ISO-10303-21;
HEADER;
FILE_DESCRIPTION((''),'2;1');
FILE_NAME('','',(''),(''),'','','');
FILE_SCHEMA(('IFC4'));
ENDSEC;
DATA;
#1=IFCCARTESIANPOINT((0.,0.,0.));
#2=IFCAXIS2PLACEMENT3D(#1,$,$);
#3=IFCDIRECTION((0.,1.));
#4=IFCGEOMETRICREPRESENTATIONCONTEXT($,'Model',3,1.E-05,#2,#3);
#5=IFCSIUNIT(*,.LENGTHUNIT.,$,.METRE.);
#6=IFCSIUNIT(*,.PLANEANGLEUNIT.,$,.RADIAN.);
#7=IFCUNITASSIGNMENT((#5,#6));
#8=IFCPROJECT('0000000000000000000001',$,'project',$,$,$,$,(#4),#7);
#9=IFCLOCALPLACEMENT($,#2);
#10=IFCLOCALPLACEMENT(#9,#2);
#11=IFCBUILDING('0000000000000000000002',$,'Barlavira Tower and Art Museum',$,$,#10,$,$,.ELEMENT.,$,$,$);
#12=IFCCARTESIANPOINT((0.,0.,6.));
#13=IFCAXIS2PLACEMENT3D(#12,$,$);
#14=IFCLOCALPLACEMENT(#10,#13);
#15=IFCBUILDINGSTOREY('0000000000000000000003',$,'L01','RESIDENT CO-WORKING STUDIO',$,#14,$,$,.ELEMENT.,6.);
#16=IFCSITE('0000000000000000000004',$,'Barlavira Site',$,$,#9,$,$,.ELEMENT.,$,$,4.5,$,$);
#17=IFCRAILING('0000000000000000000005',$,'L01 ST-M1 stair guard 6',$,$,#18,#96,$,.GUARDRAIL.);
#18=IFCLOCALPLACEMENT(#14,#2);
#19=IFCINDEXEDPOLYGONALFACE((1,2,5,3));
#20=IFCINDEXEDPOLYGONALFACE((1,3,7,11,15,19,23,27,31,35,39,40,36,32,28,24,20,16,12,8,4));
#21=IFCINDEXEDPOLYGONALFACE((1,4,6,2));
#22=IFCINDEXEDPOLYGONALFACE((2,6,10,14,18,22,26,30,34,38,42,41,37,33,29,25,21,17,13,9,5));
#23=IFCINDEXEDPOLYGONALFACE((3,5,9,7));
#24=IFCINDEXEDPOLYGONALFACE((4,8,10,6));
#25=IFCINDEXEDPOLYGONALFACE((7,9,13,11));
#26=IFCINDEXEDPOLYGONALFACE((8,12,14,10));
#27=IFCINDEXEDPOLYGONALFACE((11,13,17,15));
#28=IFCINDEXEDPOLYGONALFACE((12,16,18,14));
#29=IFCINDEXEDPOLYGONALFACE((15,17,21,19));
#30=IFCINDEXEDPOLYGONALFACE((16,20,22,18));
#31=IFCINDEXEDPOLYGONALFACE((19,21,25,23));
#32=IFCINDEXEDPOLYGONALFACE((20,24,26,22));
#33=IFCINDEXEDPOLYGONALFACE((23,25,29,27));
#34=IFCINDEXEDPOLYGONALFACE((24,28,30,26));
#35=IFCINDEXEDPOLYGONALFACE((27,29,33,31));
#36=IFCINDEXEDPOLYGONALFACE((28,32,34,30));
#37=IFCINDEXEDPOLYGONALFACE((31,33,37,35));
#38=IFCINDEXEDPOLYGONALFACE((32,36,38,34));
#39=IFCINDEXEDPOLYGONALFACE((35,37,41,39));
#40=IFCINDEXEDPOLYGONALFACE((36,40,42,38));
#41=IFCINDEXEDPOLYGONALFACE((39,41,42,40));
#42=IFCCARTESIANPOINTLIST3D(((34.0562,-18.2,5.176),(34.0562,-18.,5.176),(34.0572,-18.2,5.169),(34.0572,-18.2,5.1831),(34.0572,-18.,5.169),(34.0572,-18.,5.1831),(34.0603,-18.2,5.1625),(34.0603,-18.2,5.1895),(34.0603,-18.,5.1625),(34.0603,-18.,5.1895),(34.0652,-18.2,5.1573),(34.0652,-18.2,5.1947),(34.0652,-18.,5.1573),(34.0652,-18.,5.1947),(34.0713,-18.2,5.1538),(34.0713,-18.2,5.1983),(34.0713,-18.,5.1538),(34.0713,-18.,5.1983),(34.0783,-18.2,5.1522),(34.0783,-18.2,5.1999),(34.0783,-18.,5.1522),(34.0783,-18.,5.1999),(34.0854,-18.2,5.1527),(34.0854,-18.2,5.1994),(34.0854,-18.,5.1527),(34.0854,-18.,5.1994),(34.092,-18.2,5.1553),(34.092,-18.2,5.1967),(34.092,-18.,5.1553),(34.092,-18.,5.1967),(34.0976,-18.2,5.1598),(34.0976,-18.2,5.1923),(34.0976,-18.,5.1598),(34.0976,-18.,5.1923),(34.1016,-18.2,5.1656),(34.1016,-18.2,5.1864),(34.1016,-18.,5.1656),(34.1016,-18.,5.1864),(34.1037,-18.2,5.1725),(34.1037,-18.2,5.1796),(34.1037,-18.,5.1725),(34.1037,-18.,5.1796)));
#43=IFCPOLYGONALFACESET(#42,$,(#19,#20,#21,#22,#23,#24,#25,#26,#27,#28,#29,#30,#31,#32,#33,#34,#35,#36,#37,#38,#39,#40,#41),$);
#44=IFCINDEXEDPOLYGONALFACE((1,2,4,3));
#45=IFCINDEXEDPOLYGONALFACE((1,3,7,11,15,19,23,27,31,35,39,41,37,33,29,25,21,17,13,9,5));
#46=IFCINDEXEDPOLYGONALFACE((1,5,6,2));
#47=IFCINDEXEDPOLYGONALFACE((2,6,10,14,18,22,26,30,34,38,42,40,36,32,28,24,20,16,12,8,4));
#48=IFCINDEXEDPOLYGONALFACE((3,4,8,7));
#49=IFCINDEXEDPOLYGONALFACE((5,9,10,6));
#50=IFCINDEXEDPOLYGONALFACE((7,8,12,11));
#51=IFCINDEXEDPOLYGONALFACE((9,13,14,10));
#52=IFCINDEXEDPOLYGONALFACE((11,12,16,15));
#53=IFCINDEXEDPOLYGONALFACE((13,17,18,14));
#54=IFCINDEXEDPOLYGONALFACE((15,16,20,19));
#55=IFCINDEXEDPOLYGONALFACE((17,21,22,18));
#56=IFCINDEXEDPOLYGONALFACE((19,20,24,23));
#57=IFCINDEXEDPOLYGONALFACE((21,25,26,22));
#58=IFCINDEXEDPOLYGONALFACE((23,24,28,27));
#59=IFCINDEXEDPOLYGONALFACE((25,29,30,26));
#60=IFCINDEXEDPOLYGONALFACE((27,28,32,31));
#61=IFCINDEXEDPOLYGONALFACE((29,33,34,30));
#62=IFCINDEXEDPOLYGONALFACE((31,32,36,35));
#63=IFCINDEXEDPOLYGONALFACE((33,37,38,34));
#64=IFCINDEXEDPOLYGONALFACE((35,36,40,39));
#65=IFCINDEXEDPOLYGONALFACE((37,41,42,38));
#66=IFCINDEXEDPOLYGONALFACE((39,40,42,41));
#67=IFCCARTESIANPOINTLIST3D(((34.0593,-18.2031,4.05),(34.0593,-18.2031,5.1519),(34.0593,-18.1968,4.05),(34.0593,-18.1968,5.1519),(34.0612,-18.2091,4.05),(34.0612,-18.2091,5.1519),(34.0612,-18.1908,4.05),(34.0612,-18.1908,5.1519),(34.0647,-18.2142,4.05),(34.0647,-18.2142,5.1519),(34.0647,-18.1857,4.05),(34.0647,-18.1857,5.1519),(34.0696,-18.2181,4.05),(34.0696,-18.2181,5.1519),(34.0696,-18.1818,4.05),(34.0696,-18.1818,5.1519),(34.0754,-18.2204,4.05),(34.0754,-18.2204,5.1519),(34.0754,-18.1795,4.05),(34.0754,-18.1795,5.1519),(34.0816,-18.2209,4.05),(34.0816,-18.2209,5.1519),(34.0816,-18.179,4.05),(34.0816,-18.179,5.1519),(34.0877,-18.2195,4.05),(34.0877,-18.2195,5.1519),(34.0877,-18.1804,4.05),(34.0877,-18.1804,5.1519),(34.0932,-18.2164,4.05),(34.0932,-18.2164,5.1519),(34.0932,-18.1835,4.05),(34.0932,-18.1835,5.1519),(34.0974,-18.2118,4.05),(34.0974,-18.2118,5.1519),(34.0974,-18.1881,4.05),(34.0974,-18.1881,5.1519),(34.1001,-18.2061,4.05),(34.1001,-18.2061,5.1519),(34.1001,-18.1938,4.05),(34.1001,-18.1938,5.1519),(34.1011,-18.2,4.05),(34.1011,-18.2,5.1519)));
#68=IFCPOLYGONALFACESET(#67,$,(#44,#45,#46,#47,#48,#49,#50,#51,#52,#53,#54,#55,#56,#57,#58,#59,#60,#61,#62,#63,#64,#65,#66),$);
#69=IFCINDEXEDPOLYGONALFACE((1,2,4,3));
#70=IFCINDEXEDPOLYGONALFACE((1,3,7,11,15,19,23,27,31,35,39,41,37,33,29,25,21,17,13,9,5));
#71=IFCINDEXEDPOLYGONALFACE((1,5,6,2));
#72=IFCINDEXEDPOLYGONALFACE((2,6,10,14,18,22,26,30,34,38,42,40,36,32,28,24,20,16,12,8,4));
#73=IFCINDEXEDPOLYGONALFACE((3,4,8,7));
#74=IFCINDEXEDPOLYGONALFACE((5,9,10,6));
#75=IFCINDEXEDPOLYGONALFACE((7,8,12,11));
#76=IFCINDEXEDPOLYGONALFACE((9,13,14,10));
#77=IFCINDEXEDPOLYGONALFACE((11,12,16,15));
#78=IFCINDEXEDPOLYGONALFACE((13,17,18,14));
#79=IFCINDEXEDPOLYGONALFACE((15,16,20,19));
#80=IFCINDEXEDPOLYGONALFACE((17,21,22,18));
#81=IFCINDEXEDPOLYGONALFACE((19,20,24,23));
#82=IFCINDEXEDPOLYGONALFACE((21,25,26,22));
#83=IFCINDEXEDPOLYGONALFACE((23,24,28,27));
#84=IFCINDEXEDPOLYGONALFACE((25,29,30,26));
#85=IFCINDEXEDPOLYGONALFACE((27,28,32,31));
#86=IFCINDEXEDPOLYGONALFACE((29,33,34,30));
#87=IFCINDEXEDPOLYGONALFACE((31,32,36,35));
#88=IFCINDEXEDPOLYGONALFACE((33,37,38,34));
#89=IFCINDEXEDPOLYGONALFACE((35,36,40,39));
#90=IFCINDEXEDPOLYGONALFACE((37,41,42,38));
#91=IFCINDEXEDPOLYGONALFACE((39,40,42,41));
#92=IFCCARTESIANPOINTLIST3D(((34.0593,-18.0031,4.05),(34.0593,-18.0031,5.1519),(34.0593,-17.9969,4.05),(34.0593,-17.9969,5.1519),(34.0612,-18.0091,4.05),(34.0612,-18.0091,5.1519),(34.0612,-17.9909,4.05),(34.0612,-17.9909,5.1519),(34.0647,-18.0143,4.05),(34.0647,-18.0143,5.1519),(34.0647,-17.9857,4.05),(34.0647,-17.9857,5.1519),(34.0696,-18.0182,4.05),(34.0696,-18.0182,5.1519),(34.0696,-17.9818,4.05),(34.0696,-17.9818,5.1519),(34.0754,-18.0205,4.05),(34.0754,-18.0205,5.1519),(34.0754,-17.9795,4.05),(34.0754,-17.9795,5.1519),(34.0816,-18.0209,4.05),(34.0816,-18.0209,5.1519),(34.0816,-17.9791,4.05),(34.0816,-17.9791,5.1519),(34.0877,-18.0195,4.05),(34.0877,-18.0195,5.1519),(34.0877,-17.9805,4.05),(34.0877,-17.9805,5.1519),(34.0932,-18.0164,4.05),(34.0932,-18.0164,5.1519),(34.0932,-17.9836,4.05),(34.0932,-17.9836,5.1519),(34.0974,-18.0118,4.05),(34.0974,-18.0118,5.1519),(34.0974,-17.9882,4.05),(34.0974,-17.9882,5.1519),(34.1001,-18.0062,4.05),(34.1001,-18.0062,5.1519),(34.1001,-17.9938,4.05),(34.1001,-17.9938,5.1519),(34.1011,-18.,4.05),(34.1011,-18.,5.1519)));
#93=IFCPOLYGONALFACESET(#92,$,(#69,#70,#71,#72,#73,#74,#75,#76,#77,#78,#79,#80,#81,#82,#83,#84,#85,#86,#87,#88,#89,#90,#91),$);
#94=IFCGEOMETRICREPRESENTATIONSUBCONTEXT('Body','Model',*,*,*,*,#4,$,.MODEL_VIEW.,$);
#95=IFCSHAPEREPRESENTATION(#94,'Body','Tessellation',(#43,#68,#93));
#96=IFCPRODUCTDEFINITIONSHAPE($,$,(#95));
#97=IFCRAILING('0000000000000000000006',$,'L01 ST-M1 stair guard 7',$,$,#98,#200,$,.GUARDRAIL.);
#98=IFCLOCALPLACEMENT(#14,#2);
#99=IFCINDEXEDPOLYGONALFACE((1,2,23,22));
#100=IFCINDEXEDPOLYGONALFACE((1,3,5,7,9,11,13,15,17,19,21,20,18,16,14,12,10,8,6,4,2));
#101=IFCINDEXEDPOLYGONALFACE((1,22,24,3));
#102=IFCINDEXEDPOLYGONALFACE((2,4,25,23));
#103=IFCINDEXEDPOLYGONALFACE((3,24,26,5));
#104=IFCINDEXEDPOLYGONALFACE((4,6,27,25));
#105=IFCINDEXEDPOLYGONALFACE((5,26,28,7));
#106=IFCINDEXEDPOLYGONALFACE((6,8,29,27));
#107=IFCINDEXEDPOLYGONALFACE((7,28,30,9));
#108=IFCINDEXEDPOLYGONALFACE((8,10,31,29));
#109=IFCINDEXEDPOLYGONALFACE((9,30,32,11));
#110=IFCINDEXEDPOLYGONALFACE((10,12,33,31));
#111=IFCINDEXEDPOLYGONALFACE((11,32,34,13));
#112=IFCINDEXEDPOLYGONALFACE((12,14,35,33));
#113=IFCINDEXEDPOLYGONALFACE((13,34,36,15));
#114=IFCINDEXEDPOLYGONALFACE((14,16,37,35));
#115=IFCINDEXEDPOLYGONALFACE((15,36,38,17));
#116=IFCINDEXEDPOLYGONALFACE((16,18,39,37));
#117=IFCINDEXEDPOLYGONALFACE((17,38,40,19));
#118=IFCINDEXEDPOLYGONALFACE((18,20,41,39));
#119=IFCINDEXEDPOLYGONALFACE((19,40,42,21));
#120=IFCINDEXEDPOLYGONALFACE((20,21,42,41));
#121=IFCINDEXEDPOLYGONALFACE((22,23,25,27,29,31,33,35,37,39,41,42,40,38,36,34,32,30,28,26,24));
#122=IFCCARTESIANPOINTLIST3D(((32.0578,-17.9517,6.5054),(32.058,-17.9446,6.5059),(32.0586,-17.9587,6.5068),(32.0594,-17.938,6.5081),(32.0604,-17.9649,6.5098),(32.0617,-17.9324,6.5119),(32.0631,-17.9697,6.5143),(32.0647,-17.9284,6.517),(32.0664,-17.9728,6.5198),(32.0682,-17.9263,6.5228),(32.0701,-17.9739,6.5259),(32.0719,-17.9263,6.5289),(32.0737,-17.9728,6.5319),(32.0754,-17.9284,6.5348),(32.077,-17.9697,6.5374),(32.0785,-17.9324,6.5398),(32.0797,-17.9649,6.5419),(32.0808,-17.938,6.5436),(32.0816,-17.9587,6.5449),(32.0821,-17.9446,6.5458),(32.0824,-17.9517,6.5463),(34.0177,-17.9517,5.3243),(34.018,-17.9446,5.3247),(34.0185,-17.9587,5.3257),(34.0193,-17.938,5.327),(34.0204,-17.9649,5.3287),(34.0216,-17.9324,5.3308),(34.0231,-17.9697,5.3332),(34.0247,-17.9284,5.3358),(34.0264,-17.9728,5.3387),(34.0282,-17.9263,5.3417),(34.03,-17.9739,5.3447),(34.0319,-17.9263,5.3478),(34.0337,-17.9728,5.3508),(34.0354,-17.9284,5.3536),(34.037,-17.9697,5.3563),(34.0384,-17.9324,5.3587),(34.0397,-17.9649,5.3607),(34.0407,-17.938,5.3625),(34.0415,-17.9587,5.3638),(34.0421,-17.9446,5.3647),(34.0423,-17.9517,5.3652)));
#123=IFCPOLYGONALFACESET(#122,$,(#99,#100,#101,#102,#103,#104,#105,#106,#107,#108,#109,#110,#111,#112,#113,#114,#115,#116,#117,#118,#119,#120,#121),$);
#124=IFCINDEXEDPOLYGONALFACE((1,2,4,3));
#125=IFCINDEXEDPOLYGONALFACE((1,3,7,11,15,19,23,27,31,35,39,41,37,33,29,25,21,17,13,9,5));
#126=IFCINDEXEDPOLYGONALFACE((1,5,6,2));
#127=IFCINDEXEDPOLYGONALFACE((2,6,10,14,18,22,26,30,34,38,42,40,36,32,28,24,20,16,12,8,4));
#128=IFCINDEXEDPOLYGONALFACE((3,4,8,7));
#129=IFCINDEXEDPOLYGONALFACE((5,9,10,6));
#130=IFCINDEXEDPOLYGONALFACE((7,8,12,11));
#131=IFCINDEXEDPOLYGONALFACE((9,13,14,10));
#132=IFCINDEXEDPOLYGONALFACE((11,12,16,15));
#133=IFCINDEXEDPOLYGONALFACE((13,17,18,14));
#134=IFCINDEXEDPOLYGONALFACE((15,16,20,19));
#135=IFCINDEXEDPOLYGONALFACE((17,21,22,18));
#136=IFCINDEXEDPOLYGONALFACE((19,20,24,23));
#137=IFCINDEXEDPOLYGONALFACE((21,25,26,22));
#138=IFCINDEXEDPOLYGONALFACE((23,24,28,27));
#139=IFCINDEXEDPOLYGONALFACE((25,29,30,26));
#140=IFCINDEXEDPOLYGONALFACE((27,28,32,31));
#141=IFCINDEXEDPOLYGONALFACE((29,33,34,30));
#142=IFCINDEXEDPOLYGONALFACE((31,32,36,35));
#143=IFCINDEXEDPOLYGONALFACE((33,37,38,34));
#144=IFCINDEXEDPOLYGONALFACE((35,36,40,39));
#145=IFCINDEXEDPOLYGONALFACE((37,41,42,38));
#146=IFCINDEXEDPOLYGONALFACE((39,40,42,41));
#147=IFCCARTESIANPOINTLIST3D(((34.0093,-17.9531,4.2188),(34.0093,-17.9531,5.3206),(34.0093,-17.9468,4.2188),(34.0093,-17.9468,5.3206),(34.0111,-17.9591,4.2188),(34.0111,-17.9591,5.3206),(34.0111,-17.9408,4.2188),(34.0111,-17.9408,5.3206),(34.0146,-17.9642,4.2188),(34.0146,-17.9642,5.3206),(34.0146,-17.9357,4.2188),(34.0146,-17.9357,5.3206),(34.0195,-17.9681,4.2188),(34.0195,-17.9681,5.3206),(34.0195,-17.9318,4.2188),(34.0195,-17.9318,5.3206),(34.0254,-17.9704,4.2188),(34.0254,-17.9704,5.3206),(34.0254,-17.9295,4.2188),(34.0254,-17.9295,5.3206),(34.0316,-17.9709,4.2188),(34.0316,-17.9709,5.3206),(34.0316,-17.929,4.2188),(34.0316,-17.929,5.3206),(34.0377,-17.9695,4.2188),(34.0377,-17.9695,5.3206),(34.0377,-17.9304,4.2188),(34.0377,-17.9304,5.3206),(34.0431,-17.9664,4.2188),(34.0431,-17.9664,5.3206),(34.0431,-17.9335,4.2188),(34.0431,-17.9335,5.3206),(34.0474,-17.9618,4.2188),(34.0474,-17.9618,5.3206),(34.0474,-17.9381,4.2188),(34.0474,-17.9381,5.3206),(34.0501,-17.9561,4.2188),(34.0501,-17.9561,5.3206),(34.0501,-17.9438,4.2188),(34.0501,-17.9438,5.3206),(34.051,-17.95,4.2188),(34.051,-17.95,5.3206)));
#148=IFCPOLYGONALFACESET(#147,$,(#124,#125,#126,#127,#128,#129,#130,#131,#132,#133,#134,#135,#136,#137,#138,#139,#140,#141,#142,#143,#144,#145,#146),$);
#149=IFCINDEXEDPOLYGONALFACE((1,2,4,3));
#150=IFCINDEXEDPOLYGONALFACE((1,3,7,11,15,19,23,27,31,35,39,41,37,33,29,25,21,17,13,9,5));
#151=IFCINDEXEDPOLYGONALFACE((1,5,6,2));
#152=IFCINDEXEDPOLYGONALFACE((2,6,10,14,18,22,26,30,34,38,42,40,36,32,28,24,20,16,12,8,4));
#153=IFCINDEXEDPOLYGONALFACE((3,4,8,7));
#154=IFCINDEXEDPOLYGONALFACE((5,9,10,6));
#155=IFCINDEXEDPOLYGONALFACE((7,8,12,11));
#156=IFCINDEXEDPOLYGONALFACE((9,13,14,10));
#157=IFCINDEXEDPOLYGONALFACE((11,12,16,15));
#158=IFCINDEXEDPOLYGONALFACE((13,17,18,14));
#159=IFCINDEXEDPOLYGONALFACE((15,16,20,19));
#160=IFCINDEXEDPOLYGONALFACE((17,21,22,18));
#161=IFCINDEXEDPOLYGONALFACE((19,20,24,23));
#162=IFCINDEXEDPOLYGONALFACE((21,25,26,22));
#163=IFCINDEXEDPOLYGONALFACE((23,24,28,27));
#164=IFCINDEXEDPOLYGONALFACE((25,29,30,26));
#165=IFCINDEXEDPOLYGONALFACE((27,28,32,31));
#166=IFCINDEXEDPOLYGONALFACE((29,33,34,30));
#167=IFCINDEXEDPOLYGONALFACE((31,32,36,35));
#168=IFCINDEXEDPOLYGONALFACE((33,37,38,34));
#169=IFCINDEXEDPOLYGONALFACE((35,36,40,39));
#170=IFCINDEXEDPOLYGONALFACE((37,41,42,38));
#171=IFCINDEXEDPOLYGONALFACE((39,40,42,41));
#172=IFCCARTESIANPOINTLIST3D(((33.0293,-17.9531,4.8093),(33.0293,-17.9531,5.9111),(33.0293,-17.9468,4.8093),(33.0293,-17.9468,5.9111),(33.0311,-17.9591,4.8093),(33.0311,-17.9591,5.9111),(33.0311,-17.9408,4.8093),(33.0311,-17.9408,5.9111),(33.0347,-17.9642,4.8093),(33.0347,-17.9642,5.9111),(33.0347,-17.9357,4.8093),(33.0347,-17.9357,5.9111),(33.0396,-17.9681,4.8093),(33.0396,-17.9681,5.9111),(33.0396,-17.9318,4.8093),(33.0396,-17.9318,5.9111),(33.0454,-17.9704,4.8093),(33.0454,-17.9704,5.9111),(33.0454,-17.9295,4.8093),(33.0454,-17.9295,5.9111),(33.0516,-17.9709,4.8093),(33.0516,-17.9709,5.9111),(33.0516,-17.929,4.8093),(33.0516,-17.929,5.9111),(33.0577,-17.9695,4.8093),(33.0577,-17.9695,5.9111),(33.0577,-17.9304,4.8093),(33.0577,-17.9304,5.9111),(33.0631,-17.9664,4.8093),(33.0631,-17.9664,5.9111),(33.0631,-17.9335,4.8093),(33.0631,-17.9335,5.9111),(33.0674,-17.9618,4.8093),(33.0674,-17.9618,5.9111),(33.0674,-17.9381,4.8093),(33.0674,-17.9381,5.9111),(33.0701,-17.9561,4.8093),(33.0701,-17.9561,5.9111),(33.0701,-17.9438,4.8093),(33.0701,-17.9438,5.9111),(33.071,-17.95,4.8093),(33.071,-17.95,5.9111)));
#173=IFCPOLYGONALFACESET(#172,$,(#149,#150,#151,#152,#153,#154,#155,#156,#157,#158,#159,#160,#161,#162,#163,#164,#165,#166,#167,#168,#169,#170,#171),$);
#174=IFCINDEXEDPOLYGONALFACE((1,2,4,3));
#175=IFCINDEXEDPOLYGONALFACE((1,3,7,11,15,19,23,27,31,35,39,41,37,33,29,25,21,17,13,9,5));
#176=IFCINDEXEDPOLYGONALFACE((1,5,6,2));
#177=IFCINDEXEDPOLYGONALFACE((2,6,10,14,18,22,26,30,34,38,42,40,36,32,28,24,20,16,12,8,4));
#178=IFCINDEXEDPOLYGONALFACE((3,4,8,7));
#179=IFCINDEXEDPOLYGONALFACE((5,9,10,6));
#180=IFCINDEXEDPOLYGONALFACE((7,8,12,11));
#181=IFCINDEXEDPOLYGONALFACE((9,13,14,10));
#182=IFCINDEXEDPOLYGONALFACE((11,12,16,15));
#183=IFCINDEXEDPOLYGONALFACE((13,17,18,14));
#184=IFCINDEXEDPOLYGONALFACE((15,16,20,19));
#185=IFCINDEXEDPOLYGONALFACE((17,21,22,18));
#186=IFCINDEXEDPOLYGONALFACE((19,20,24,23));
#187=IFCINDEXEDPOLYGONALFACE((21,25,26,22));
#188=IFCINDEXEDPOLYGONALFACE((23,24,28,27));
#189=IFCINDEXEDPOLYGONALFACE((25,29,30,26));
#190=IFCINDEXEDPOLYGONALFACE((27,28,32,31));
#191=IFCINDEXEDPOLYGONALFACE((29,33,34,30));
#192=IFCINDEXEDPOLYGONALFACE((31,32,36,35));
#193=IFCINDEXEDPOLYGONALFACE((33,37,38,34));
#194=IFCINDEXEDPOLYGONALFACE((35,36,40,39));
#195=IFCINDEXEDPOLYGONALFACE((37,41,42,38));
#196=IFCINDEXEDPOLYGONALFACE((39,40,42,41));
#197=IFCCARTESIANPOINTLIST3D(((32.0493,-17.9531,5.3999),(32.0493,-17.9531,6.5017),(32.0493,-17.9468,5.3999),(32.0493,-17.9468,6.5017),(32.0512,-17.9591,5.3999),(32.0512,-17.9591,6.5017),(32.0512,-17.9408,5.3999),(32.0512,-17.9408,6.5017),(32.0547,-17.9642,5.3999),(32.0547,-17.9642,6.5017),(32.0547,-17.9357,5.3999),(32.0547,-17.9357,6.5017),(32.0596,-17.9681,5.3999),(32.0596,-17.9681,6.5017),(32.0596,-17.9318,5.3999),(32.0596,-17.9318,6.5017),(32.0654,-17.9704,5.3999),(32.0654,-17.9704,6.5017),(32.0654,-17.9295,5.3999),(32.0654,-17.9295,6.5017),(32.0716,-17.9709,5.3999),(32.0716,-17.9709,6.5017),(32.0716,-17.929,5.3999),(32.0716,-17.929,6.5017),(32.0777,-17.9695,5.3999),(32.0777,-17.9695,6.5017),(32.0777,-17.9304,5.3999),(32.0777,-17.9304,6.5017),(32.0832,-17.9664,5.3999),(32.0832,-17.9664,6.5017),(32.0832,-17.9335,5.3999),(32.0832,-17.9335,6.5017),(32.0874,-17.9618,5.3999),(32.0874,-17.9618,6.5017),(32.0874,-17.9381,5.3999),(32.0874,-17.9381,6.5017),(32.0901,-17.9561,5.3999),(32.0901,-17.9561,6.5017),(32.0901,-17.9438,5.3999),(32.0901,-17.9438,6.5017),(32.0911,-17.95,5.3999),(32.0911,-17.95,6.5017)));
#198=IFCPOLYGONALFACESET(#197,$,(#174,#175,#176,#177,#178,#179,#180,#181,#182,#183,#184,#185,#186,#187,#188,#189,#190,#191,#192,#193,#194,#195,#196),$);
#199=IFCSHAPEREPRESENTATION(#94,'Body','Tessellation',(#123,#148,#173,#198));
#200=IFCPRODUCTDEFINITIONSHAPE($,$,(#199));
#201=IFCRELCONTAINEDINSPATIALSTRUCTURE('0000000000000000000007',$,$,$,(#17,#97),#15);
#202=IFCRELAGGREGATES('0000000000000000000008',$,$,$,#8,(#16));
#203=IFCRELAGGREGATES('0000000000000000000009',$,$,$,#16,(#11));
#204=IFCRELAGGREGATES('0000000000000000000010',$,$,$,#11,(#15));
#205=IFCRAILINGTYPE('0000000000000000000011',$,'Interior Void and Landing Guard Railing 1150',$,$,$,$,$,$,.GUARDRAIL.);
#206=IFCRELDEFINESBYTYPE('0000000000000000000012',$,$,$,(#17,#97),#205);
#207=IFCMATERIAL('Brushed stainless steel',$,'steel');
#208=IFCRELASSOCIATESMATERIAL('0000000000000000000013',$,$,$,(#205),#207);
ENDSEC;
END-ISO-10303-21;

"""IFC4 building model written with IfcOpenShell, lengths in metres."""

from ifc_helpers import new_model, si_unit, direction, frame, origin, origin_2d, place, context, subcontext, project, spatial, circle, extrude, material, type_object, element, save


model = new_model("IFC4")

# Units and contexts
model_context = context("Model", 3, precision=1e-05, world=origin(), true_north=direction((0.0, 1.0)))
body_context = subcontext(model_context, "Body", "Model", "MODEL_VIEW")
ifc_project = project(units=[si_unit("LENGTHUNIT", "METRE"), si_unit("PLANEANGLEUNIT", "RADIAN")], contexts=[model_context])

# Site, building, storey
site_placement = place(None, origin())
site = spatial("IfcSite", under=ifc_project, at=site_placement, Name="Barlavira Site", CompositionType="ELEMENT", RefElevation=4.5)
building_placement = place(site_placement, origin())
building = spatial("IfcBuilding", under=site, at=building_placement, Name="Barlavira Tower and Art Museum", CompositionType="ELEMENT")
storey_placement = place(building_placement, frame((0.0, 0.0, 6.0)))
storey = spatial("IfcBuildingStorey", under=building, at=storey_placement, Name="L01", Description="RESIDENT CO-WORKING STUDIO", CompositionType="ELEMENT", Elevation=6.0)

# Shared definitions
ifc_material_1 = material(Name="Brushed stainless steel", Category="steel")

# Railings
railing_type_1 = type_object("IfcRailingType", Name="Interior Void and Landing Guard Railing 1150", PredefinedType="GUARDRAIL", material=ifc_material_1)
railing_1_placement = place(storey_placement, frame((34.0801, -18.2, 4.05)))
element("IfcRailing", 1, at=railing_1_placement, inside=storey, type_object=railing_type_1, Name="L01 ST-M1 stair guard 6", PredefinedType="GUARDRAIL", context=body_context, shape_type="SweptSolid", body=[
    extrude(circle(Radius=0.0239, at=origin_2d()), frame((0.0, 0.0, 1.126), z_axis=(0.0, 1.0, 0.0), x_axis=(-1.0, 0.0, 0.0)), (0.0, 0.0, 1.0), 0.2),
    extrude(circle(Radius=0.021, at=origin_2d()), origin(), (0.0, 0.0, 1.0), 1.1018),
    extrude(circle(Radius=0.021, at=origin_2d()), frame((0.0, 0.2, 0.0)), (0.0, 0.0, 1.0), 1.1018),
])
railing_2_placement = place(storey_placement, frame((34.03, -17.95, 4.2188)))
element("IfcRailing", 2, at=railing_2_placement, inside=storey, type_object=railing_type_1, Name="L01 ST-M1 stair guard 7", PredefinedType="GUARDRAIL", context=body_context, shape_type="SweptSolid", body=[
    extrude(circle(Radius=0.0239, at=origin_2d()), frame((0.0, 0.0, 1.126), z_axis=(-0.856493, 0.0, 0.516158), x_axis=(0.0, -1.0, 0.0)), (0.0, 0.0, 1.0), 2.2883),
    extrude(circle(Radius=0.021, at=origin_2d()), origin(), (0.0, 0.0, 1.0), 1.1018),
    extrude(circle(Radius=0.021, at=origin_2d()), frame((-0.98, 0.0, 0.5906)), (0.0, 0.0, 1.0), 1.1018),
    extrude(circle(Radius=0.021, at=origin_2d()), frame((-1.96, 0.0, 1.1812)), (0.0, 0.0, 1.0), 1.1018),
])

save(model, "model.ifc")
